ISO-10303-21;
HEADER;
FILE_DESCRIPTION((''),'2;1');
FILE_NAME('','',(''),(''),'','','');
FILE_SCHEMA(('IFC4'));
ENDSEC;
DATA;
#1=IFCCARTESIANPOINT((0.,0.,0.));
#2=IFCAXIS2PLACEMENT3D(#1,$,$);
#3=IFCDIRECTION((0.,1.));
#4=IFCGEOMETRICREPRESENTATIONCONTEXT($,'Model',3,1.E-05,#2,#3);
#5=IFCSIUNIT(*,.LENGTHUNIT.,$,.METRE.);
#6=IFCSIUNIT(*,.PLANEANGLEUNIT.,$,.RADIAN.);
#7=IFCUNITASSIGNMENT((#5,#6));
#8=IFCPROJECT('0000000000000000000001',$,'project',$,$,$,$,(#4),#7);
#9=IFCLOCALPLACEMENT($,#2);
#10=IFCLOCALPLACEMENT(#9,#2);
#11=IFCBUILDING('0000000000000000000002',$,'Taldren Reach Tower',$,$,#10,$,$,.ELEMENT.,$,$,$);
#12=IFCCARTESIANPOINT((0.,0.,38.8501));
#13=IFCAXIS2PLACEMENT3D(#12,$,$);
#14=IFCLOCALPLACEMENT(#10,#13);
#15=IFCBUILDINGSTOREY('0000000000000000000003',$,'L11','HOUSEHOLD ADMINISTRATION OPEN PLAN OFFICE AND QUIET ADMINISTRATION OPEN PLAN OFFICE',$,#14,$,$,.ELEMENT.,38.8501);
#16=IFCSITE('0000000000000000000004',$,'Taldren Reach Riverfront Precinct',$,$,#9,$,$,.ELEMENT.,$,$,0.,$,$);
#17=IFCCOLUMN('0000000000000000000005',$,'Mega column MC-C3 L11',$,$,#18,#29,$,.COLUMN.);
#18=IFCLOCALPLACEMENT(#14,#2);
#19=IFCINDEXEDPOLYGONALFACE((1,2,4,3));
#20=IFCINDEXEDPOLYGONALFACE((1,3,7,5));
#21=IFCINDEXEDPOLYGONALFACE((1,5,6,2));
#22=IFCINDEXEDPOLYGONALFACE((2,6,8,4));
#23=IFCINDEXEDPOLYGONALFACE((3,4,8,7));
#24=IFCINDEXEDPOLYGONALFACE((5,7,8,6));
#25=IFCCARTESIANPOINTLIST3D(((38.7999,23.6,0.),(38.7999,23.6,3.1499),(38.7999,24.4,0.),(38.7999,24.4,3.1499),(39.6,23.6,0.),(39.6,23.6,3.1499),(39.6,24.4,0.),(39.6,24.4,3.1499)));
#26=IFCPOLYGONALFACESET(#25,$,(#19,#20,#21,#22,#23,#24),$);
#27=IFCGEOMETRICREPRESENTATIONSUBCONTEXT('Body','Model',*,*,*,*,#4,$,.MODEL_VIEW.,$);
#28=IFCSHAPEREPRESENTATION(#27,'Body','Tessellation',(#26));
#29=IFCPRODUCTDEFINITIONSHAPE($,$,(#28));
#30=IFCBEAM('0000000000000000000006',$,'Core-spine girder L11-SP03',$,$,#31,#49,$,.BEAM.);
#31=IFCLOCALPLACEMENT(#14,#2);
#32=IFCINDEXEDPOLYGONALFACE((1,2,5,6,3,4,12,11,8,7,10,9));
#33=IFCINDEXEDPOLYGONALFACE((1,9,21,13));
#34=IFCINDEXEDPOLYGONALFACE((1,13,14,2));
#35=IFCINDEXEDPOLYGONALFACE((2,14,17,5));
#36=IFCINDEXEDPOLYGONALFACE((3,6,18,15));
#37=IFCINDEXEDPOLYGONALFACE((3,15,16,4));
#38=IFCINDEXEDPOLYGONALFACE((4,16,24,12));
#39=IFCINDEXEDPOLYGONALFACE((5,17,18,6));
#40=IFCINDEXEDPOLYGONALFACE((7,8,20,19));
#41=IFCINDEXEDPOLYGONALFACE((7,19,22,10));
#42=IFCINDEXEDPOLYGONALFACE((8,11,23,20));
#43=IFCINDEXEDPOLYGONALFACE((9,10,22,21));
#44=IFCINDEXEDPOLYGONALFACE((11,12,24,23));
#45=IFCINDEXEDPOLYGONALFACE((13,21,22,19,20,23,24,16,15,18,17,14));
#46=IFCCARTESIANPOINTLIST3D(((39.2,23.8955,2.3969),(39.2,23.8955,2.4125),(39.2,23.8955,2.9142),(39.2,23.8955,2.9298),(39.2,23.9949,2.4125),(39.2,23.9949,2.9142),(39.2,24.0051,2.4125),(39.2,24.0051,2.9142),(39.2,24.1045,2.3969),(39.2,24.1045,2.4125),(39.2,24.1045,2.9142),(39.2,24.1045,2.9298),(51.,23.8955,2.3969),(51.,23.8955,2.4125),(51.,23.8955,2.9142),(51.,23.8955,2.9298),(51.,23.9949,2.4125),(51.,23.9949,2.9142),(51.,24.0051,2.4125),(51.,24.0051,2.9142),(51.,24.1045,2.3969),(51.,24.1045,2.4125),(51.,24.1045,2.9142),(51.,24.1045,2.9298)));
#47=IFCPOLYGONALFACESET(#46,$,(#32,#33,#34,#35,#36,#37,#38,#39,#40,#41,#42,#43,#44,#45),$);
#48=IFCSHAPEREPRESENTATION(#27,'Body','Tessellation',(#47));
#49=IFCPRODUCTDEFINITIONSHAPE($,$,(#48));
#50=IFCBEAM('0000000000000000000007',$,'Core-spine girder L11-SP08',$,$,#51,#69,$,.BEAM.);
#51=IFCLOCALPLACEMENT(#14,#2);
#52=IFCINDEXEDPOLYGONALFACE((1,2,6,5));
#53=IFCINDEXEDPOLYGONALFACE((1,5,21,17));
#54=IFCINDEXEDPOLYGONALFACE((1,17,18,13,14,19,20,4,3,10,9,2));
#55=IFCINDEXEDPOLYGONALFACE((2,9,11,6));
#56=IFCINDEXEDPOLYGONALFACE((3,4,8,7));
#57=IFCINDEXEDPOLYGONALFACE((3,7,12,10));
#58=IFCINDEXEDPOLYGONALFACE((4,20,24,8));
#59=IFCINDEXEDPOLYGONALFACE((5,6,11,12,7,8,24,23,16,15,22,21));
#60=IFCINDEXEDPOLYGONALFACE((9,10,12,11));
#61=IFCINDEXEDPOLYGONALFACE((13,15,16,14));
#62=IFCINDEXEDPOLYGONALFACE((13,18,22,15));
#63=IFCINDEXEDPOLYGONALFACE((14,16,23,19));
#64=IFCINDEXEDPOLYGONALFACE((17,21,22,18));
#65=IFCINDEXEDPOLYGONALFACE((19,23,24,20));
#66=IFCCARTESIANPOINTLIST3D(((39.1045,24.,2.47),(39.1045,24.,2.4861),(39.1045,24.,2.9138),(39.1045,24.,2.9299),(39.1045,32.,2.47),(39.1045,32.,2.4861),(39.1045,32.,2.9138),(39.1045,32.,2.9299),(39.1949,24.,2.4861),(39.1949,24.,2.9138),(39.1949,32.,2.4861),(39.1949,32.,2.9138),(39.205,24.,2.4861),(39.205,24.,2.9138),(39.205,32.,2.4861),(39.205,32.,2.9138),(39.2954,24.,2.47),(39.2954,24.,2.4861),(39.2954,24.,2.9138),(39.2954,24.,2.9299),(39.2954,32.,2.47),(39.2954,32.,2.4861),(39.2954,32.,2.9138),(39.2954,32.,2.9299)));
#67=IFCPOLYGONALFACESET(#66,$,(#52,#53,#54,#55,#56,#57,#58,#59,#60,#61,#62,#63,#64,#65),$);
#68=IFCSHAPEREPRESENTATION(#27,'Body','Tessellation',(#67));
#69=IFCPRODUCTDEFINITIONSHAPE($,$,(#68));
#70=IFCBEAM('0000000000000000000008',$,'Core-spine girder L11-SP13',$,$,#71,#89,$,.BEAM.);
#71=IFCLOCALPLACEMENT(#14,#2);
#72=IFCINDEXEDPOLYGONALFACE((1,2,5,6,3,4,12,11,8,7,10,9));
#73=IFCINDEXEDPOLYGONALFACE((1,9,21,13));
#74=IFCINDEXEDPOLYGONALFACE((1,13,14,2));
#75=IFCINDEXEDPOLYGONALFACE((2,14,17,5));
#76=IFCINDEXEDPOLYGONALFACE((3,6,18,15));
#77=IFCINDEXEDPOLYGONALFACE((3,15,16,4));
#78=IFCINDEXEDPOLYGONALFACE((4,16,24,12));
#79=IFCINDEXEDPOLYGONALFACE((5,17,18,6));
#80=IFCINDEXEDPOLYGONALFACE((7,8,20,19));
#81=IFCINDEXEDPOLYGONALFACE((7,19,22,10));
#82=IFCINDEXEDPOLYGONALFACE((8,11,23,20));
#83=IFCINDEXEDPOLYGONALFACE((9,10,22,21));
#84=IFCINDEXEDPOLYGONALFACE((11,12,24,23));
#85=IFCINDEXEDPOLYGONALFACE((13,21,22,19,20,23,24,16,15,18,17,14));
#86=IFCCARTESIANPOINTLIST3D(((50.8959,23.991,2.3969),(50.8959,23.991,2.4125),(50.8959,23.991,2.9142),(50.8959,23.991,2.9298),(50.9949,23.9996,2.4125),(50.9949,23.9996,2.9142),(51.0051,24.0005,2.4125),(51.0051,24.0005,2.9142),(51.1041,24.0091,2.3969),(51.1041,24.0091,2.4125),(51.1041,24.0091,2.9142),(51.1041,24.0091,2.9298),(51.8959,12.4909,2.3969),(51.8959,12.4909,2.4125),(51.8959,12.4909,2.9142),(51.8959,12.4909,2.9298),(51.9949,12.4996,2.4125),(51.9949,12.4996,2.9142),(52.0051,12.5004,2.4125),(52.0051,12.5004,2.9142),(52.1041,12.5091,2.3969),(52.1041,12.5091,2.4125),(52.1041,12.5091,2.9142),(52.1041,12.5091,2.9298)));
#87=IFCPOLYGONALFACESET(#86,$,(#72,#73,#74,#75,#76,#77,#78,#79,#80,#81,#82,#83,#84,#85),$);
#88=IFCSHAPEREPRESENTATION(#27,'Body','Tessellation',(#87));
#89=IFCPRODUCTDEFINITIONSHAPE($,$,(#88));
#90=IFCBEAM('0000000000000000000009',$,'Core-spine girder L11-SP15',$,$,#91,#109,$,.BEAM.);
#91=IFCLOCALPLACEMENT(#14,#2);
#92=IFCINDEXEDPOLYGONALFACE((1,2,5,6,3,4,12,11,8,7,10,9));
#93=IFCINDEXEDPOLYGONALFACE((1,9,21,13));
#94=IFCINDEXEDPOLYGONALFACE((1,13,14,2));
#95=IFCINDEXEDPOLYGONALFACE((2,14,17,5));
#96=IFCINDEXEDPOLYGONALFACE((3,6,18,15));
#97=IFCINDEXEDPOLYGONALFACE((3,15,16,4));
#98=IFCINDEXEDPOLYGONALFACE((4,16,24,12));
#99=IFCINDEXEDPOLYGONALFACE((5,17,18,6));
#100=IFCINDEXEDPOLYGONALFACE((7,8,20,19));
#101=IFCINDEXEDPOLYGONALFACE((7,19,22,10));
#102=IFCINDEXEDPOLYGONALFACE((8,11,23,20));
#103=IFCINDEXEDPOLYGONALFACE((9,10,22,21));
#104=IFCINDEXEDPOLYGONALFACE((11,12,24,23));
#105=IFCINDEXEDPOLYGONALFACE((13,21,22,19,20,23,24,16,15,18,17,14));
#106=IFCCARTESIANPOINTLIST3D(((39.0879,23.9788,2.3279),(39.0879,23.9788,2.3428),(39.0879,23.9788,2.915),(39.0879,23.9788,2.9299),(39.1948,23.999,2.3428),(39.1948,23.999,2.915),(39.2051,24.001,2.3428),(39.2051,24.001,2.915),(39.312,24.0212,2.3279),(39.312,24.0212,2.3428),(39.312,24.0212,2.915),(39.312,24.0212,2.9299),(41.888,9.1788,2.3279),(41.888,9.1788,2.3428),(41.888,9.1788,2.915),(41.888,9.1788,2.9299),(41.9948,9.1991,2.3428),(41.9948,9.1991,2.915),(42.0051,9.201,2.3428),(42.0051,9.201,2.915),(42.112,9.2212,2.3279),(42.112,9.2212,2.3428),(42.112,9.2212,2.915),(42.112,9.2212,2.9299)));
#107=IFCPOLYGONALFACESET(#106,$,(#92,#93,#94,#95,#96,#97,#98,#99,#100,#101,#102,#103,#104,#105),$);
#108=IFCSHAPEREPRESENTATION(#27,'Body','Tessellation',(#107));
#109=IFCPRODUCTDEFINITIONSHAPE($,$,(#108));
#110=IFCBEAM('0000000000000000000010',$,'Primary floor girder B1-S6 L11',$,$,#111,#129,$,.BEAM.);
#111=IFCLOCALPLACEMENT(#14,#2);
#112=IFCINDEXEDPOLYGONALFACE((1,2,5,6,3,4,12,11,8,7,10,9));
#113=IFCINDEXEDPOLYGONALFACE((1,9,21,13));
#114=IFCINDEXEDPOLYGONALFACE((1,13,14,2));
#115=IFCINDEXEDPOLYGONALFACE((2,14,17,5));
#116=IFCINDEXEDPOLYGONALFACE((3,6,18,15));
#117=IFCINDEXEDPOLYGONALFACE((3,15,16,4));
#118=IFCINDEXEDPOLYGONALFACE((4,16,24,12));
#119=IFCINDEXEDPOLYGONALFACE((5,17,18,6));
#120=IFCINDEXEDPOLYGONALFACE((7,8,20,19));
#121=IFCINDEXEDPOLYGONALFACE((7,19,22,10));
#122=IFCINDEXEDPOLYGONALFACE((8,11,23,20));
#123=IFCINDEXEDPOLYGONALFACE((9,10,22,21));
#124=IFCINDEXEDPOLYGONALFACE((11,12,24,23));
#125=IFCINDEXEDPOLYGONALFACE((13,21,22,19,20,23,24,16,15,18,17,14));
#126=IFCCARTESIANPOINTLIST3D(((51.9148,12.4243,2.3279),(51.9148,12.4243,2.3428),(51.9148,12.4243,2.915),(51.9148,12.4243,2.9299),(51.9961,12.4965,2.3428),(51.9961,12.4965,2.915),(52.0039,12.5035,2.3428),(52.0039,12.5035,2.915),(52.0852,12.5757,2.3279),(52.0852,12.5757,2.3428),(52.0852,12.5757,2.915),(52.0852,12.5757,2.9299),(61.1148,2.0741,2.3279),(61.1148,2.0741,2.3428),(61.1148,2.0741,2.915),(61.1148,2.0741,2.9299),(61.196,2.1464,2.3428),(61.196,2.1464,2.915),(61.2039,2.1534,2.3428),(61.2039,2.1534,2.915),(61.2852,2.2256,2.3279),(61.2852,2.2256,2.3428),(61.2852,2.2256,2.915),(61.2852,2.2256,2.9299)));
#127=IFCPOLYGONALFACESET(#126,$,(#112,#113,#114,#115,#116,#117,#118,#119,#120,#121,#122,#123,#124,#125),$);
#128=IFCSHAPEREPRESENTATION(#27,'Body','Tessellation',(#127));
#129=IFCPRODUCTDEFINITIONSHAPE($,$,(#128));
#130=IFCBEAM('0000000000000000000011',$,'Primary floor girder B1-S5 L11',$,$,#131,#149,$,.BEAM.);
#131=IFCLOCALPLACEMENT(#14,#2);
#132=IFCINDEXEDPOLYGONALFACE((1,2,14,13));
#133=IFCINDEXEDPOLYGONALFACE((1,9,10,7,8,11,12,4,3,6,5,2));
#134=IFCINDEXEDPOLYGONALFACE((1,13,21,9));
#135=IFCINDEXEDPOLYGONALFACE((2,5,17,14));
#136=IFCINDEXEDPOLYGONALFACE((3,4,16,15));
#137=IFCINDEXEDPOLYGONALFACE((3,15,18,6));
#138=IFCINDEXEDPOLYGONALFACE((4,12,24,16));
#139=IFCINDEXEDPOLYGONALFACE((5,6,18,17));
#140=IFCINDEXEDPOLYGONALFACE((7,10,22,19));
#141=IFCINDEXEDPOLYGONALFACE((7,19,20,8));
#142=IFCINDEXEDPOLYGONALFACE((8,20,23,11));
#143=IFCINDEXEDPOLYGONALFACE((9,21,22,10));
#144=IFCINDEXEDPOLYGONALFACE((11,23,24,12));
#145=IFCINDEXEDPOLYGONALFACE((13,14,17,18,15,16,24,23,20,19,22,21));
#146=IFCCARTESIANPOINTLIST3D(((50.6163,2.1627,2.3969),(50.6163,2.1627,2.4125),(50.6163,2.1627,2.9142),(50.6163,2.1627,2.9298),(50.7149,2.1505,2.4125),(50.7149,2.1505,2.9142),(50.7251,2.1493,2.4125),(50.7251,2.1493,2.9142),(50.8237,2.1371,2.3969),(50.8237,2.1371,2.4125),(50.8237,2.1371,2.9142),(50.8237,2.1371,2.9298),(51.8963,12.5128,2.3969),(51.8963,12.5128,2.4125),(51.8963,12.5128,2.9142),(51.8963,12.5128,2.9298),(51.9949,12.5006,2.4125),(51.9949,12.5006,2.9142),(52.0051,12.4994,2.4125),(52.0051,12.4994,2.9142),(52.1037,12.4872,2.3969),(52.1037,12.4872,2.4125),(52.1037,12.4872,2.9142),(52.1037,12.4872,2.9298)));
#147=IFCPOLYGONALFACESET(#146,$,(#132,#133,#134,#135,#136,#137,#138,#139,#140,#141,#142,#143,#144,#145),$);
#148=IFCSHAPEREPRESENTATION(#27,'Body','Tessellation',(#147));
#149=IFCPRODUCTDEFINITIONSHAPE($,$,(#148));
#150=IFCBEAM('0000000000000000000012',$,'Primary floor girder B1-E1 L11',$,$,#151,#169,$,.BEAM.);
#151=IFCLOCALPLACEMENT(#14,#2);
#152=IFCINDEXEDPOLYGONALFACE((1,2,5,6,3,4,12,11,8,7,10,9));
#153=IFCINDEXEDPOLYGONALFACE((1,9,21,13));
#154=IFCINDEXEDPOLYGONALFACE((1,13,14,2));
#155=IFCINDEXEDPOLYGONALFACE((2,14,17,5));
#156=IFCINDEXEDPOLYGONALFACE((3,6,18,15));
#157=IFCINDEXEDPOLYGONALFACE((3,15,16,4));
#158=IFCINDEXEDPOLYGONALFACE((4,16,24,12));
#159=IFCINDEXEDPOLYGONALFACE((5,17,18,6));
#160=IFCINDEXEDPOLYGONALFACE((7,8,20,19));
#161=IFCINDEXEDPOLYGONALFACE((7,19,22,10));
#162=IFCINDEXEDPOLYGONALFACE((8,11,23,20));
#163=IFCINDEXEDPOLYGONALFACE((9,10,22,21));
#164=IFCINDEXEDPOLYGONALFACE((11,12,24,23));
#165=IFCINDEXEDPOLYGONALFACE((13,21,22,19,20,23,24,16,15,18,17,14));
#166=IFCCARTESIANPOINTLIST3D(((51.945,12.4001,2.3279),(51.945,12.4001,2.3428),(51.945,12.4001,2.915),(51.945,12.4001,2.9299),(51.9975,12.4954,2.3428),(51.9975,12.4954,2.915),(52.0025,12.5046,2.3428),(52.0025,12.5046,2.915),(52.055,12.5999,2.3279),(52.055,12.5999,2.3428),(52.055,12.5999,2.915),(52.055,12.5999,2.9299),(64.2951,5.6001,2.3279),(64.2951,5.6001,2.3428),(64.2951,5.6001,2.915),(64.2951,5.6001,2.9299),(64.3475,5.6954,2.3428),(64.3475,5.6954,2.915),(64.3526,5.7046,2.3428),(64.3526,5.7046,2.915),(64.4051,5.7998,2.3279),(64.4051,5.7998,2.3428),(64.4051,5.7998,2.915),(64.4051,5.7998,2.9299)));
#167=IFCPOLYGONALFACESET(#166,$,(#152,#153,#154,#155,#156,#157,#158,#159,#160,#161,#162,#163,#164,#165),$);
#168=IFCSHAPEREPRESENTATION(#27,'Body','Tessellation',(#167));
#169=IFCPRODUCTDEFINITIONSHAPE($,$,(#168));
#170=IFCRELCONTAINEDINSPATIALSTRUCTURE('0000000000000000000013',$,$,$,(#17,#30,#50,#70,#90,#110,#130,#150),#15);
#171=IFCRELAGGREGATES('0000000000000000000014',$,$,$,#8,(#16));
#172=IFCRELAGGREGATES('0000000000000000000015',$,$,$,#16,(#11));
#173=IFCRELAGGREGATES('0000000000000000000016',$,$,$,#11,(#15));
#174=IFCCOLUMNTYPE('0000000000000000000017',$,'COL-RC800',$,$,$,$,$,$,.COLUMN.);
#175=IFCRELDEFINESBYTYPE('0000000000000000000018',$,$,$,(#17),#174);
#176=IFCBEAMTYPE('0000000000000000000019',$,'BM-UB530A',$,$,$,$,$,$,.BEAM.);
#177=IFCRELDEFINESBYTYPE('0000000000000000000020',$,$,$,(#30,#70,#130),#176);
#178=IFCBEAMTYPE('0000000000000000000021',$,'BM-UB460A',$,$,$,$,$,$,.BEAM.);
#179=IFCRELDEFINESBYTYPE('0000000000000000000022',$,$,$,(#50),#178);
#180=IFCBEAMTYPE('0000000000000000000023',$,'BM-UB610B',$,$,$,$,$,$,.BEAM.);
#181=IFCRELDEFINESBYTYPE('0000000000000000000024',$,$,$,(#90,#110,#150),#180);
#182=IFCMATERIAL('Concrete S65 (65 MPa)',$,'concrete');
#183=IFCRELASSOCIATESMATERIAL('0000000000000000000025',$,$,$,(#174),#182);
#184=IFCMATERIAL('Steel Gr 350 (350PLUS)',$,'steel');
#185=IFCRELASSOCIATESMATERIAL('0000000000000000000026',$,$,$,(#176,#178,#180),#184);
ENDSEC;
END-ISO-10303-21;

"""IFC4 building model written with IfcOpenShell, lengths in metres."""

from ifc_helpers import new_model, si_unit, direction, frame, origin, origin_2d, place, context, subcontext, project, spatial, rectangle, i_section, extrude, source, transform, mapped, material, material_profile, profile_set, type_object, element, save


model = new_model("IFC4")

# Units and contexts
model_context = context("Model", 3, precision=1e-05, world=origin(), true_north=direction((0.0, 1.0)))
body_context = subcontext(model_context, "Body", "Model", "MODEL_VIEW")
ifc_project = project(units=[si_unit("LENGTHUNIT", "METRE"), si_unit("PLANEANGLEUNIT", "RADIAN")], contexts=[model_context])

# Site, building, storey
site_placement = place(None, origin())
site = spatial("IfcSite", under=ifc_project, at=site_placement, Name="Taldren Reach Riverfront Precinct", CompositionType="ELEMENT", RefElevation=0.0)
building_placement = place(site_placement, origin())
building = spatial("IfcBuilding", under=site, at=building_placement, Name="Taldren Reach Tower", CompositionType="ELEMENT")
storey_placement = place(building_placement, frame((0.0, 0.0, 38.8501)))
storey = spatial("IfcBuildingStorey", under=building, at=storey_placement, Name="L11", Description="HOUSEHOLD ADMINISTRATION OPEN PLAN OFFICE AND QUIET ADMINISTRATION OPEN PLAN OFFICE", CompositionType="ELEMENT", Elevation=38.8501)

# Column
ifc_material_1 = material(Name="Concrete S65 (65 MPa)", Category="concrete")
ifc_material_profile_1 = material_profile(ifc_material_1, rectangle(XDim=0.8, YDim=0.8, at=origin_2d()), Name="RC-800x800")
ifc_profile_set_1 = profile_set([ifc_material_profile_1], Name="Concrete S65 (65 MPa)")
column_type = type_object("IfcColumnType", Name="COL-RC800", PredefinedType="COLUMN", material=ifc_profile_set_1)
shared_shape_1 = source(origin(), body_context, "Body", "SweptSolid", [
    extrude(rectangle(XDim=0.8, YDim=0.8, at=origin_2d()), origin(), (0.0, 0.0, 1.0), 3.1499),
])
column_placement = place(storey_placement, frame((39.2, 24.0, 0.0), z_axis=(0.0, 0.0, 1.0), x_axis=(1.0, 0.0, 0.0)))
element("IfcColumn", 1, at=column_placement, inside=storey, type_object=column_type, Name="Mega column MC-C3 L11", PredefinedType="COLUMN", context=body_context, shape_type="MappedRepresentation", body=[
    mapped(shared_shape_1, transform((0.0, 0.0, 0.0), scale=1.0)),
])

# Beams
ifc_material_2 = material(Name="Steel Gr 350 (350PLUS)", Category="steel")
ifc_material_profile_2 = material_profile(ifc_material_2, i_section(OverallWidth=0.209, OverallDepth=0.533, WebThickness=0.0103, FlangeThickness=0.0156, at=origin_2d()), Name="530UB92.4")
ifc_profile_set_2 = profile_set([ifc_material_profile_2], Name="Steel Gr 350 (350PLUS)")
beam_type_1 = type_object("IfcBeamType", Name="BM-UB530A", PredefinedType="BEAM", material=ifc_profile_set_2)
shared_shape_2 = source(origin(), body_context, "Body", "SweptSolid", [
    extrude(i_section(OverallWidth=0.209, OverallDepth=0.533, WebThickness=0.0103, FlangeThickness=0.0156, at=origin_2d()), origin(), (0.0, 0.0, 1.0), 11.8),
])
beam_1_placement = place(storey_placement, frame((39.2, 24.0, 2.6633), z_axis=(1.0, 0.0, 0.0), x_axis=(0.0, 1.0, 0.0)))
element("IfcBeam", 2, at=beam_1_placement, inside=storey, type_object=beam_type_1, Name="Core-spine girder L11-SP03", PredefinedType="BEAM", context=body_context, shape_type="MappedRepresentation", body=[
    mapped(shared_shape_2, transform((0.0, 0.0, 0.0), scale=1.0)),
])
ifc_material_profile_3 = material_profile(ifc_material_2, i_section(OverallWidth=0.1909, OverallDepth=0.46, WebThickness=0.01, FlangeThickness=0.0161, at=origin_2d()), Name="460UB82.1")
ifc_profile_set_3 = profile_set([ifc_material_profile_3], Name="Steel Gr 350 (350PLUS)")
beam_type_2 = type_object("IfcBeamType", Name="BM-UB460A", PredefinedType="BEAM", material=ifc_profile_set_3)
shared_shape_3 = source(origin(), body_context, "Body", "SweptSolid", [
    extrude(i_section(OverallWidth=0.1909, OverallDepth=0.46, WebThickness=0.01, FlangeThickness=0.0161, at=origin_2d()), origin(), (0.0, 0.0, 1.0), 8.0),
])
beam_2_placement = place(storey_placement, frame((39.2, 24.0, 2.7), z_axis=(0.0, 1.0, 0.0), x_axis=(-1.0, 0.0, 0.0)))
element("IfcBeam", 3, at=beam_2_placement, inside=storey, type_object=beam_type_2, Name="Core-spine girder L11-SP08", PredefinedType="BEAM", context=body_context, shape_type="MappedRepresentation", body=[
    mapped(shared_shape_3, transform((0.0, 0.0, 0.0), scale=1.0)),
])
shared_shape_4 = source(origin(), body_context, "Body", "SweptSolid", [
    extrude(i_section(OverallWidth=0.209, OverallDepth=0.533, WebThickness=0.0103, FlangeThickness=0.0156, at=origin_2d()), origin(), (0.0, 0.0, 1.0), 11.5435),
])
beam_3_placement = place(storey_placement, frame((52.0, 12.5, 2.6633), z_axis=(-0.08663, 0.996241, 0.0), x_axis=(-0.996241, -0.08663, 0.0)))
element("IfcBeam", 4, at=beam_3_placement, inside=storey, type_object=beam_type_1, Name="Core-spine girder L11-SP13", PredefinedType="BEAM", context=body_context, shape_type="MappedRepresentation", body=[
    mapped(shared_shape_4, transform((0.0, 0.0, 0.0), scale=1.0)),
])
ifc_material_profile_4 = material_profile(ifc_material_2, i_section(OverallWidth=0.228, OverallDepth=0.6021, WebThickness=0.0105, FlangeThickness=0.0149, at=origin_2d()), Name="610UB101")
ifc_profile_set_4 = profile_set([ifc_material_profile_4], Name="Steel Gr 350 (350PLUS)")
beam_type_3 = type_object("IfcBeamType", Name="BM-UB610B", PredefinedType="BEAM", material=ifc_profile_set_4)
shared_shape_5 = source(origin(), body_context, "Body", "SweptSolid", [
    extrude(i_section(OverallWidth=0.228, OverallDepth=0.6021, WebThickness=0.0105, FlangeThickness=0.0149, at=origin_2d()), origin(), (0.0, 0.0, 1.0), 15.0625),
])
beam_4_placement = place(storey_placement, frame((39.2, 24.0, 2.6289), z_axis=(0.185894, -0.98257, 0.0), x_axis=(0.98257, 0.185894, 0.0)))
element("IfcBeam", 5, at=beam_4_placement, inside=storey, type_object=beam_type_3, Name="Core-spine girder L11-SP15", PredefinedType="BEAM", context=body_context, shape_type="MappedRepresentation", body=[
    mapped(shared_shape_5, transform((0.0, 0.0, 0.0), scale=1.0)),
])
shared_shape_6 = source(origin(), body_context, "Body", "SweptSolid", [
    extrude(i_section(OverallWidth=0.228, OverallDepth=0.6021, WebThickness=0.0105, FlangeThickness=0.0149, at=origin_2d()), origin(), (0.0, 0.0, 1.0), 13.8479),
])
beam_5_placement = place(storey_placement, frame((52.0, 12.5, 2.6289), z_axis=(0.664358, -0.747414, 0.0), x_axis=(0.747414, 0.664358, 0.0)))
element("IfcBeam", 6, at=beam_5_placement, inside=storey, type_object=beam_type_3, Name="Primary floor girder B1-S6 L11", PredefinedType="BEAM", context=body_context, shape_type="MappedRepresentation", body=[
    mapped(shared_shape_6, transform((0.0, 0.0, 0.0), scale=1.0)),
])
shared_shape_7 = source(origin(), body_context, "Body", "SweptSolid", [
    extrude(i_section(OverallWidth=0.209, OverallDepth=0.533, WebThickness=0.0103, FlangeThickness=0.0156, at=origin_2d()), origin(), (0.0, 0.0, 1.0), 10.429),
])
beam_6_placement = place(storey_placement, frame((52.0, 12.5, 2.6633), z_axis=(-0.122738, -0.992439, 0.0), x_axis=(0.992439, -0.122738, 0.0)))
element("IfcBeam", 7, at=beam_6_placement, inside=storey, type_object=beam_type_1, Name="Primary floor girder B1-S5 L11", PredefinedType="BEAM", context=body_context, shape_type="MappedRepresentation", body=[
    mapped(shared_shape_7, transform((0.0, 0.0, 0.0), scale=1.0)),
])
shared_shape_8 = source(origin(), body_context, "Body", "SweptSolid", [
    extrude(i_section(OverallWidth=0.228, OverallDepth=0.6021, WebThickness=0.0105, FlangeThickness=0.0149, at=origin_2d()), origin(), (0.0, 0.0, 1.0), 14.0984),
])
beam_7_placement = place(storey_placement, frame((52.0, 12.5, 2.6289), z_axis=(0.875991, -0.482327, 0.0), x_axis=(0.482327, 0.875991, 0.0)))
element("IfcBeam", 8, at=beam_7_placement, inside=storey, type_object=beam_type_3, Name="Primary floor girder B1-E1 L11", PredefinedType="BEAM", context=body_context, shape_type="MappedRepresentation", body=[
    mapped(shared_shape_8, transform((0.0, 0.0, 0.0), scale=1.0)),
])

save(model, "model.ifc")
